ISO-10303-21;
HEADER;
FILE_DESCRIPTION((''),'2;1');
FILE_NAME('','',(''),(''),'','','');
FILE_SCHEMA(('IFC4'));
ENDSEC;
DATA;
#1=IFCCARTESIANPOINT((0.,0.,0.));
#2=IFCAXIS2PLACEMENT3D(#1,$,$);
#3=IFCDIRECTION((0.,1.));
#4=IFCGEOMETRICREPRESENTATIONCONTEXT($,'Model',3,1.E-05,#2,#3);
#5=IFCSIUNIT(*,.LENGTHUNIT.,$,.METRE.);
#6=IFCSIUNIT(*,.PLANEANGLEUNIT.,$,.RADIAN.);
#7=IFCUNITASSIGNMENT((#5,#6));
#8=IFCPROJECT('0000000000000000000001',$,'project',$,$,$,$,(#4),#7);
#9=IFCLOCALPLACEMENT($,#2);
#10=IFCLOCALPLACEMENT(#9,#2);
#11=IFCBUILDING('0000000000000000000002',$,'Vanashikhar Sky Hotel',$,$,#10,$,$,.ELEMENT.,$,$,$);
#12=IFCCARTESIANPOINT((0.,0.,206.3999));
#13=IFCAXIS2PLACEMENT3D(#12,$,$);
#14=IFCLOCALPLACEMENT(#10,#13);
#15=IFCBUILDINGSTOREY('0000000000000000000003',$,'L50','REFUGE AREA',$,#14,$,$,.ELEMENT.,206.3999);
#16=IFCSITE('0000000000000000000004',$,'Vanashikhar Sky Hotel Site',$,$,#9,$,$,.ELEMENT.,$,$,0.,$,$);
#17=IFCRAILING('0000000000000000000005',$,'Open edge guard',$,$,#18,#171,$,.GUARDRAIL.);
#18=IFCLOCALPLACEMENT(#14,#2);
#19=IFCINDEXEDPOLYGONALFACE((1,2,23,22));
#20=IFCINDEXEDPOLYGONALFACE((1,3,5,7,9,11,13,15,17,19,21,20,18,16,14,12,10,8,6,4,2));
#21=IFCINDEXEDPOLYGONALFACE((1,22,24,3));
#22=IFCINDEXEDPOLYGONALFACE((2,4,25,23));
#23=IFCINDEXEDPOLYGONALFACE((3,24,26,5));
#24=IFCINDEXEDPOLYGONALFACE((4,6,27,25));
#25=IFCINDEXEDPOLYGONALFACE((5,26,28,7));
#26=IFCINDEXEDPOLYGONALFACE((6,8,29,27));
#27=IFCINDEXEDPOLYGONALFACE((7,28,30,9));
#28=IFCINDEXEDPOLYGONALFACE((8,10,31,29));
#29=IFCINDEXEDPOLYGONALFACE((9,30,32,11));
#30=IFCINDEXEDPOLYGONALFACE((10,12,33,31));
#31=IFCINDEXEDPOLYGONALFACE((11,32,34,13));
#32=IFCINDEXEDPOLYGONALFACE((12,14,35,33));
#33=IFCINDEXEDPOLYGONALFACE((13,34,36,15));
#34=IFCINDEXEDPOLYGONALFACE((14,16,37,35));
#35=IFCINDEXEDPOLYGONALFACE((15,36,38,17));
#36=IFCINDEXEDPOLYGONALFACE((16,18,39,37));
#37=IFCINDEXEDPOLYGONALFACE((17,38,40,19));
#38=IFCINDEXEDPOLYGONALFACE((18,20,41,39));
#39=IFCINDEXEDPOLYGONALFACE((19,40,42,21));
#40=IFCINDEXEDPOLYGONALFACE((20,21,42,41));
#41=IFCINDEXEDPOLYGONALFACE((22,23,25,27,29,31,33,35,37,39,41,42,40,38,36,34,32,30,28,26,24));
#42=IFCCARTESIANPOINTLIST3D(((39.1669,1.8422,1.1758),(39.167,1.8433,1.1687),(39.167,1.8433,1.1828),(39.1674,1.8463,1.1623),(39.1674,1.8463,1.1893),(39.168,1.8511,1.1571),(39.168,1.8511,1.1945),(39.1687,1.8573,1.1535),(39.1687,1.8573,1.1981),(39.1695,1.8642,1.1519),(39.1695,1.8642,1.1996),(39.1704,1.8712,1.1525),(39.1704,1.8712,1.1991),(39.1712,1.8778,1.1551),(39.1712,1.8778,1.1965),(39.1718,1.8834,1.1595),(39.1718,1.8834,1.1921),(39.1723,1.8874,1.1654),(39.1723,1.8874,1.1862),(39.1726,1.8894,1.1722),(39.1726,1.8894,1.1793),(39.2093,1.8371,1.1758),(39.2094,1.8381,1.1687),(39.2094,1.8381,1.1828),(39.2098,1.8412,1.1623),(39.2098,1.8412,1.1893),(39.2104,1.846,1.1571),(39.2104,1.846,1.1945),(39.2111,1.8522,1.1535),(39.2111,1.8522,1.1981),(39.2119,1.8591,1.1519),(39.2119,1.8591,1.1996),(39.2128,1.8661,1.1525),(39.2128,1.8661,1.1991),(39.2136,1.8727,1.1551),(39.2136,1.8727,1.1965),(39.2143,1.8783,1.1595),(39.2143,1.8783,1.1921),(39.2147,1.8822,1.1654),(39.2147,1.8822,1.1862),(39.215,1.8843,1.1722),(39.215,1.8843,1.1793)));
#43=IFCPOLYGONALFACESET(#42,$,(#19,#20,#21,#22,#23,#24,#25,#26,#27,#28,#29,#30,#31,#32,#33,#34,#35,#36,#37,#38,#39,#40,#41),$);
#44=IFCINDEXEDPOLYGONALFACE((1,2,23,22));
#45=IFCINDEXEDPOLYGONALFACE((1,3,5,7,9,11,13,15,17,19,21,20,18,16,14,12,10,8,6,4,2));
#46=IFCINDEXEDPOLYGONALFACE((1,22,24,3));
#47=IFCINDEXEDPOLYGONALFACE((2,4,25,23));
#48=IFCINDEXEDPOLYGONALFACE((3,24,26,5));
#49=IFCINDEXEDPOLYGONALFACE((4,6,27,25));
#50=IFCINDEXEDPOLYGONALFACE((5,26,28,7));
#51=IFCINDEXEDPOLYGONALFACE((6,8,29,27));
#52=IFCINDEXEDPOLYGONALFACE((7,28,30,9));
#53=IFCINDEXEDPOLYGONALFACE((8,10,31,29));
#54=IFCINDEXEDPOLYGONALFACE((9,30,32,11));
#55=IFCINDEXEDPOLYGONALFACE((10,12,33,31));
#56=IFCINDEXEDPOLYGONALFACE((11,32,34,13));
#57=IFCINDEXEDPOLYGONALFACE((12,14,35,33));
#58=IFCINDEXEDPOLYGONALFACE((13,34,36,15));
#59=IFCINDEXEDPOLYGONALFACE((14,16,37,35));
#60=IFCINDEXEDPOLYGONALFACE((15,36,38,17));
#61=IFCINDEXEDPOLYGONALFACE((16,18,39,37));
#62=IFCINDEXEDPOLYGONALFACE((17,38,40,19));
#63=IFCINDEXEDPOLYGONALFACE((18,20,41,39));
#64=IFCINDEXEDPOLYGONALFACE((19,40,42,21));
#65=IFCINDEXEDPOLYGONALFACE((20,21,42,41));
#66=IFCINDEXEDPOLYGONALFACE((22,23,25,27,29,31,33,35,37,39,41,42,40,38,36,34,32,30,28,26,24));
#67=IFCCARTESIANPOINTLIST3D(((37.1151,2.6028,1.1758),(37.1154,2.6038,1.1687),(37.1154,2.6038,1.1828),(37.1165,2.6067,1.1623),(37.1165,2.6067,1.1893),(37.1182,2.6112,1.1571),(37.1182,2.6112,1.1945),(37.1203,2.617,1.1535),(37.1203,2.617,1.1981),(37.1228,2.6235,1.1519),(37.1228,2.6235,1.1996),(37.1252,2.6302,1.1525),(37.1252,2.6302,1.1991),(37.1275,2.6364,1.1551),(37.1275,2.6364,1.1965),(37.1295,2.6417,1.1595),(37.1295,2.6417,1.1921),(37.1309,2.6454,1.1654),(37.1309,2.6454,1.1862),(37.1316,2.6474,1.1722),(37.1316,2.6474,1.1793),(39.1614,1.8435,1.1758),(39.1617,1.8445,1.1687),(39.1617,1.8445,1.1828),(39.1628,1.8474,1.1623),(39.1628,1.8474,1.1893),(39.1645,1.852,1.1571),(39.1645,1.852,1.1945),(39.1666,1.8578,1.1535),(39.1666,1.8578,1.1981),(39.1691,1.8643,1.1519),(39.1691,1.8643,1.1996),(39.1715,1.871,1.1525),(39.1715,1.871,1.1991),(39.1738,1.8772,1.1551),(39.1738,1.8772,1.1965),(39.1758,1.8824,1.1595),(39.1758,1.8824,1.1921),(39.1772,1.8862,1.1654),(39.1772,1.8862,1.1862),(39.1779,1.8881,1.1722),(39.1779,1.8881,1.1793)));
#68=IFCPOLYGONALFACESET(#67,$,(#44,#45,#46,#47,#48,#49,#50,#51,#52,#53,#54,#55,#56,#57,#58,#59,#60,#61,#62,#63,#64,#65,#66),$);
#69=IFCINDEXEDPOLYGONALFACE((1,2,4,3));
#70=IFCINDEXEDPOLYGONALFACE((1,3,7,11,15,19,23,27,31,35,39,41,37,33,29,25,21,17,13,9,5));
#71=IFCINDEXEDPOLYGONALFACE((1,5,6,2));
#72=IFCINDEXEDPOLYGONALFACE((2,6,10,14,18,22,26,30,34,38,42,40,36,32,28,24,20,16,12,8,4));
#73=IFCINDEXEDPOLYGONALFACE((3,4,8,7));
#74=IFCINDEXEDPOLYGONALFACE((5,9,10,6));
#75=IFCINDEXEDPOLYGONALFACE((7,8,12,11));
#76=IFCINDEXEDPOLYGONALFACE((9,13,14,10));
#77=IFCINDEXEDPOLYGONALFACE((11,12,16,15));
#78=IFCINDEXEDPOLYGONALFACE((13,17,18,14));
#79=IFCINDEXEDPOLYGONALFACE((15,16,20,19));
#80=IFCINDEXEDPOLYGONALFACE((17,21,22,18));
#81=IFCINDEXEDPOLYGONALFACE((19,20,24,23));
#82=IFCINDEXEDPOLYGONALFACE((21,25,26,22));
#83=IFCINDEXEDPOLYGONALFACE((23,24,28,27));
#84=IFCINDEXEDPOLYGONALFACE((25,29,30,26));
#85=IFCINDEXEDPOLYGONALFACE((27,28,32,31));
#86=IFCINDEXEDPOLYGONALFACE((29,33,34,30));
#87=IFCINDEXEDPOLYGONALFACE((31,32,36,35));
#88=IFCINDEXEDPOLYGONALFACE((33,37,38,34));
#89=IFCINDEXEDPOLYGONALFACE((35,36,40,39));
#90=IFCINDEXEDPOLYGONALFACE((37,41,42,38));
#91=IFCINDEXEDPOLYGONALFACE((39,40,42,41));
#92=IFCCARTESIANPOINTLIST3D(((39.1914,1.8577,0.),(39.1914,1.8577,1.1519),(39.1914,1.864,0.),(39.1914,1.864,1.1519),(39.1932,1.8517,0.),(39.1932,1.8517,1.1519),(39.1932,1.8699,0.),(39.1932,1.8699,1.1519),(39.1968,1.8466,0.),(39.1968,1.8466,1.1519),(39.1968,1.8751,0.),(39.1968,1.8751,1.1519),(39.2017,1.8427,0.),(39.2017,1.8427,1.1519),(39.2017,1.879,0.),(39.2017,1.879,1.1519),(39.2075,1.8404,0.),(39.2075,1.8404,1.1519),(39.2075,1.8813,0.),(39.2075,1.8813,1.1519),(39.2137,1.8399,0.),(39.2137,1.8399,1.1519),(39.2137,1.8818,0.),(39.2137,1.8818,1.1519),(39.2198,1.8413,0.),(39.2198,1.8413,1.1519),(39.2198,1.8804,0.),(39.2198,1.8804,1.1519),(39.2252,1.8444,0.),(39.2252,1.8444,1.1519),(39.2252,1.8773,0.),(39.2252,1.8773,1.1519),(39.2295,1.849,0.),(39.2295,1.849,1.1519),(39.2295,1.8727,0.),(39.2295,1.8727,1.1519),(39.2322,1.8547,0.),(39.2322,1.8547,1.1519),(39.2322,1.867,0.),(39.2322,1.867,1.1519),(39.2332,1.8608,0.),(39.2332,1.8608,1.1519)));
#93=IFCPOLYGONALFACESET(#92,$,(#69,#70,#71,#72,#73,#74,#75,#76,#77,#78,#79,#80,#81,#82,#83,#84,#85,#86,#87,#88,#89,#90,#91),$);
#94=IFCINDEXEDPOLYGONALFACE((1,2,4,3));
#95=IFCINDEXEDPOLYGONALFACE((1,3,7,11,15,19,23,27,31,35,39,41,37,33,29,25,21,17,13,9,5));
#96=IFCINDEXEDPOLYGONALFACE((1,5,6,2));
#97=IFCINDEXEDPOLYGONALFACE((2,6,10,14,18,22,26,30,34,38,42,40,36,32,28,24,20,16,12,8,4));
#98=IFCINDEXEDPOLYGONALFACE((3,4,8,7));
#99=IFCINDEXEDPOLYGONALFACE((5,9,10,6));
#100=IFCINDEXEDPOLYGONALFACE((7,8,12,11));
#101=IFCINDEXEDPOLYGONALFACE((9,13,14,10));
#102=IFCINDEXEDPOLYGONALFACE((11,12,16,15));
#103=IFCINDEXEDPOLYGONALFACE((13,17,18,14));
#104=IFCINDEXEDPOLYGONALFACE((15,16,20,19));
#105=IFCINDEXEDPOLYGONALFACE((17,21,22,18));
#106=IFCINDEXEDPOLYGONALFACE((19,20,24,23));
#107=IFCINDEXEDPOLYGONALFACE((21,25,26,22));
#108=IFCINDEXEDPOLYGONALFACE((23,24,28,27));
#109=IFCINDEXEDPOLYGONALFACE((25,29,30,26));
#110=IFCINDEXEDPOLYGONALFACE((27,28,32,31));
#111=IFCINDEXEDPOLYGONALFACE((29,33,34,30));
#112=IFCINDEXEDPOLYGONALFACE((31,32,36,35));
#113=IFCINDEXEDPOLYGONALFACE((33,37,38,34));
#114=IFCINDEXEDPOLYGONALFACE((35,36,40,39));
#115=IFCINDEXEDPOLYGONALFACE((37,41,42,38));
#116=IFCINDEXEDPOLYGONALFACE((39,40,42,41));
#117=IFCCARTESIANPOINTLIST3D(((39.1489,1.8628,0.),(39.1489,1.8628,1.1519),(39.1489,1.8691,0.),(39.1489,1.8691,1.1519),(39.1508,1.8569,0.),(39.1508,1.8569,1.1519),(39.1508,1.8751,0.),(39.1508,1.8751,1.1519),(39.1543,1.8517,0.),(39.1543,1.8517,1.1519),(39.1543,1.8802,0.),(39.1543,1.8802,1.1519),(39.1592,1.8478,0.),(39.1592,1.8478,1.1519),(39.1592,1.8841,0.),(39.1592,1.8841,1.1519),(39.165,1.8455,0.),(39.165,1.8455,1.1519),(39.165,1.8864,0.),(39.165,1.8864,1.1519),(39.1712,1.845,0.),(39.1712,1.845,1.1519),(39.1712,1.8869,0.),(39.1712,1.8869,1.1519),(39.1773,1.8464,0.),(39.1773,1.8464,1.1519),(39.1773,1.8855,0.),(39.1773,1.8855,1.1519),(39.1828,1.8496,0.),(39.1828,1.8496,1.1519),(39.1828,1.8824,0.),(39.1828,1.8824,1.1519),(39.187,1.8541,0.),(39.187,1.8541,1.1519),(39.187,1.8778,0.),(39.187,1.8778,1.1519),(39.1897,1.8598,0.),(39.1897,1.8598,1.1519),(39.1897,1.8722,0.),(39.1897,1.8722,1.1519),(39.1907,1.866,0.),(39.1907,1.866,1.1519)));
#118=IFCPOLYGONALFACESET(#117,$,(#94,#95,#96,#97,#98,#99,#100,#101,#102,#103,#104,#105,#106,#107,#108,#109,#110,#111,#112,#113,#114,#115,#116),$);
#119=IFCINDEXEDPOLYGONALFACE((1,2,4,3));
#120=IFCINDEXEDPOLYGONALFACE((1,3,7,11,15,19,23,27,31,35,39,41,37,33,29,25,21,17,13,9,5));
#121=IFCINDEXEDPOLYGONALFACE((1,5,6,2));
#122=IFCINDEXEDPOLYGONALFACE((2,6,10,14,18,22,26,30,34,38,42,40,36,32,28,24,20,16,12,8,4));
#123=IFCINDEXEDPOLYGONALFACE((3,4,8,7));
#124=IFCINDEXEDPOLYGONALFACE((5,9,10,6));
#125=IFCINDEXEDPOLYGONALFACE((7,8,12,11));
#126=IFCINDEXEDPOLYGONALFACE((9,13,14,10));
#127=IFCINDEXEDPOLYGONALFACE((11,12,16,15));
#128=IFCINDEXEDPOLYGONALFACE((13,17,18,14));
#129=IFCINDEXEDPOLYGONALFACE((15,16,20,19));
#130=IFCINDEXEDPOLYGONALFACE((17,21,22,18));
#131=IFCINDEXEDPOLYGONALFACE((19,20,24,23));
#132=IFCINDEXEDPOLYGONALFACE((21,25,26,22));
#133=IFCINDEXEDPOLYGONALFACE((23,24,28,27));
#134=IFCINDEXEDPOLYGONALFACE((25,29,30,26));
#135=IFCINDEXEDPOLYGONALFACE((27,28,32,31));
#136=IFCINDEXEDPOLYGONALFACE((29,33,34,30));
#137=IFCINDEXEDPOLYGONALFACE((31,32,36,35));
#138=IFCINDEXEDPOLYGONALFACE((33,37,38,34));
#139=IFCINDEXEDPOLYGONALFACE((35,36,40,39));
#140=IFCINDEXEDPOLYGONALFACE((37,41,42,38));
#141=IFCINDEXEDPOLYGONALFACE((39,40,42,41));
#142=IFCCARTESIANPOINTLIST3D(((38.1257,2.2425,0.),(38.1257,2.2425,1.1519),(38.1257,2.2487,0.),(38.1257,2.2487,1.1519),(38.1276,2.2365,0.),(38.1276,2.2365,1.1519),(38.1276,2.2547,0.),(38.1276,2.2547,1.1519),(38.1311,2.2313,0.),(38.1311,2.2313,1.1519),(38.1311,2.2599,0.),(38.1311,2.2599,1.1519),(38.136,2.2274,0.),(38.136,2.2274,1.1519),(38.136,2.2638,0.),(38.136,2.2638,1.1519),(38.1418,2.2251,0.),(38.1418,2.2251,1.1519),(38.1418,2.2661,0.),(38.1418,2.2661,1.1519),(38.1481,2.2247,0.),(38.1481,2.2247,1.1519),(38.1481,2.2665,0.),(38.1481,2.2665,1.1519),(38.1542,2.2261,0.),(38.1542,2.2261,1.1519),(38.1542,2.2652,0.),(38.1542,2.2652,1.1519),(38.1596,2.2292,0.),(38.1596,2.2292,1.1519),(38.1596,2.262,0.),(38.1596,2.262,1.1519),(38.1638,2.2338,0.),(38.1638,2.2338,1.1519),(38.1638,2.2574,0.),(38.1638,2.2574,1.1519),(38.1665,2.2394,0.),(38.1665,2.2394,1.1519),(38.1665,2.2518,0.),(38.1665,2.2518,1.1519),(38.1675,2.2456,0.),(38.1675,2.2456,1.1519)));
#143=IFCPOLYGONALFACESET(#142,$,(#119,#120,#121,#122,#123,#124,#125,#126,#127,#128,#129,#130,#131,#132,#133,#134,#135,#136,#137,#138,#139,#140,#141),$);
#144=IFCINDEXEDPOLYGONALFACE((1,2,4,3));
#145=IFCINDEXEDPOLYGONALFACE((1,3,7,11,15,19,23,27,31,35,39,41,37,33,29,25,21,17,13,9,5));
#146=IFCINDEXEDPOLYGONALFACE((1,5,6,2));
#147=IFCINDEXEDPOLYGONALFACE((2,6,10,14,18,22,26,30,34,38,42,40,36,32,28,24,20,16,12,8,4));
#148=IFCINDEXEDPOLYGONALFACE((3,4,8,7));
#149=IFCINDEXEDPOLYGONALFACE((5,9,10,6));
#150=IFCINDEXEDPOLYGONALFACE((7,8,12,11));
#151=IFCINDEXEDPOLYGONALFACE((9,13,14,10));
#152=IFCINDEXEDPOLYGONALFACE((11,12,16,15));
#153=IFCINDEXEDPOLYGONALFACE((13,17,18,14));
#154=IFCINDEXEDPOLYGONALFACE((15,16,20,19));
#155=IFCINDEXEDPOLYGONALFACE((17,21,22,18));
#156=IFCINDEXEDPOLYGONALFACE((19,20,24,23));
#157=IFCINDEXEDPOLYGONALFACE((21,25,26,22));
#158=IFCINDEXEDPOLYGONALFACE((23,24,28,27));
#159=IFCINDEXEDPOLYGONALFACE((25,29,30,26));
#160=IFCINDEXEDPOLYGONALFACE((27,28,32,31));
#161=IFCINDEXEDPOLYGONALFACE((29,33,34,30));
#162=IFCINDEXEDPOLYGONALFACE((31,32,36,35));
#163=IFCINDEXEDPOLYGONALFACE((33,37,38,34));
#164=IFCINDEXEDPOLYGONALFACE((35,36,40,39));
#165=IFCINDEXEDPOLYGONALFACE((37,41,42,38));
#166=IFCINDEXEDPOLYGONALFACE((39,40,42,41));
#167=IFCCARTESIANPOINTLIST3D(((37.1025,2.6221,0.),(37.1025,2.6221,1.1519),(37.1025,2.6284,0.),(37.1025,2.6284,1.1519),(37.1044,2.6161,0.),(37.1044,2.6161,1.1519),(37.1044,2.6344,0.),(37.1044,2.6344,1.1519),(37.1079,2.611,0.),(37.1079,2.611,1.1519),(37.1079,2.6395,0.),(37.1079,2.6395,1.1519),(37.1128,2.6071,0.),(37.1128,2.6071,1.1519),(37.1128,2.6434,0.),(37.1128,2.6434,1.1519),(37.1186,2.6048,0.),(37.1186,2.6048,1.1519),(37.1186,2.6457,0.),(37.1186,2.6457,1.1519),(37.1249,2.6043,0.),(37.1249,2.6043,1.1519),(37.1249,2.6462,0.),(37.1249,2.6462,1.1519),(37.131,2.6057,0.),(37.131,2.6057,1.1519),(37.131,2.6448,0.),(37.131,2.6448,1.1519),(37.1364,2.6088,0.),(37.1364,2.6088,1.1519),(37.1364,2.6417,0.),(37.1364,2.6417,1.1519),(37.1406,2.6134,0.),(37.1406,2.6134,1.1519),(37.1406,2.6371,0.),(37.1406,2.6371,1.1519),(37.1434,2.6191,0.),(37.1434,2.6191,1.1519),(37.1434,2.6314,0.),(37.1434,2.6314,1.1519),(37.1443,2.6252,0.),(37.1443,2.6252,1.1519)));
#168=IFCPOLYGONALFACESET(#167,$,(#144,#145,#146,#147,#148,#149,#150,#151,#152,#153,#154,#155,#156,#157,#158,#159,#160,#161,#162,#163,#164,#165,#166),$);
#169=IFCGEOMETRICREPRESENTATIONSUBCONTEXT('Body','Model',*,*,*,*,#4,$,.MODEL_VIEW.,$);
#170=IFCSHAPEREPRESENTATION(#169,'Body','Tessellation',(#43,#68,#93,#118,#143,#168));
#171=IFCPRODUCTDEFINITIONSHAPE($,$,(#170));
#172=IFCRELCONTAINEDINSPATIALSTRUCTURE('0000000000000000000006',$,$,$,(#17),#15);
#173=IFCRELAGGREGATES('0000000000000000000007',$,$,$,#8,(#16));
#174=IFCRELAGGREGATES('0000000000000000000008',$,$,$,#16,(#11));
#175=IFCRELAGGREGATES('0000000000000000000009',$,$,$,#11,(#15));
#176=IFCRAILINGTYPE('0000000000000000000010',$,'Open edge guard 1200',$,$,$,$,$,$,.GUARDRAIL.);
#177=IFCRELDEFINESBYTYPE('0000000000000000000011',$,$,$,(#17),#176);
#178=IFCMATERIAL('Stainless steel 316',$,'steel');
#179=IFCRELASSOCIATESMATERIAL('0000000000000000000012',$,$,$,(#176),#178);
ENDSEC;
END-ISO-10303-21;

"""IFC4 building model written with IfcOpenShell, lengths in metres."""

from ifc_helpers import new_model, si_unit, direction, frame, origin, origin_2d, place, context, subcontext, project, spatial, circle, extrude, source, transform, mapped, material, type_object, element, save


model = new_model("IFC4")

# Units and contexts
model_context = context("Model", 3, precision=1e-05, world=origin(), true_north=direction((0.0, 1.0)))
body_context = subcontext(model_context, "Body", "Model", "MODEL_VIEW")
ifc_project = project(units=[si_unit("LENGTHUNIT", "METRE"), si_unit("PLANEANGLEUNIT", "RADIAN")], contexts=[model_context])

# Site, building, storey
site_placement = place(None, origin())
site = spatial("IfcSite", under=ifc_project, at=site_placement, Name="Vanashikhar Sky Hotel Site", CompositionType="ELEMENT", RefElevation=0.0)
building_placement = place(site_placement, origin())
building = spatial("IfcBuilding", under=site, at=building_placement, Name="Vanashikhar Sky Hotel", CompositionType="ELEMENT")
storey_placement = place(building_placement, frame((0.0, 0.0, 206.3999)))
storey = spatial("IfcBuildingStorey", under=building, at=storey_placement, Name="L50", Description="REFUGE AREA", CompositionType="ELEMENT", Elevation=206.3999)

# Railing
ifc_material_1 = material(Name="Stainless steel 316", Category="steel")
railing_type = type_object("IfcRailingType", Name="Open edge guard 1200", PredefinedType="GUARDRAIL", material=ifc_material_1)
shared_shape_1 = source(origin(), body_context, "Body", "SweptSolid", [
    extrude(circle(Radius=0.0239, at=origin_2d()), frame((0.0, 0.0, 1.1758), z_axis=(-0.992796, 0.11982, 0.0), x_axis=(-0.11982, -0.992796, 0.0)), (0.0, 0.0, 1.0), 0.0427),
    extrude(circle(Radius=0.0239, at=origin_2d()), frame((-0.0425, 0.0051, 1.1758), z_axis=(-0.937546, 0.347861, 0.0), x_axis=(-0.347861, -0.937546, 0.0)), (0.0, 0.0, 1.0), 2.1826),
    extrude(circle(Radius=0.021, at=origin_2d()), origin(), (0.0, 0.0, 1.0), 1.1519),
    extrude(circle(Radius=0.021, at=origin_2d()), frame((-0.0425, 0.0051, 0.0)), (0.0, 0.0, 1.0), 1.1519),
    extrude(circle(Radius=0.021, at=origin_2d()), frame((-1.0657, 0.3848, 0.0)), (0.0, 0.0, 1.0), 1.1519),
    extrude(circle(Radius=0.021, at=origin_2d()), frame((-2.0889, 0.7644, 0.0)), (0.0, 0.0, 1.0), 1.1519),
])
railing_1_placement = place(storey_placement, frame((39.2122, 1.8608, 0.0)))
element("IfcRailing", 1, at=railing_1_placement, inside=storey, type_object=railing_type, Name="Open edge guard", PredefinedType="GUARDRAIL", context=body_context, shape_type="MappedRepresentation", body=[
    mapped(shared_shape_1, transform((0.0, 0.0, 0.0), scale=1.0)),
])

save(model, "model.ifc")
